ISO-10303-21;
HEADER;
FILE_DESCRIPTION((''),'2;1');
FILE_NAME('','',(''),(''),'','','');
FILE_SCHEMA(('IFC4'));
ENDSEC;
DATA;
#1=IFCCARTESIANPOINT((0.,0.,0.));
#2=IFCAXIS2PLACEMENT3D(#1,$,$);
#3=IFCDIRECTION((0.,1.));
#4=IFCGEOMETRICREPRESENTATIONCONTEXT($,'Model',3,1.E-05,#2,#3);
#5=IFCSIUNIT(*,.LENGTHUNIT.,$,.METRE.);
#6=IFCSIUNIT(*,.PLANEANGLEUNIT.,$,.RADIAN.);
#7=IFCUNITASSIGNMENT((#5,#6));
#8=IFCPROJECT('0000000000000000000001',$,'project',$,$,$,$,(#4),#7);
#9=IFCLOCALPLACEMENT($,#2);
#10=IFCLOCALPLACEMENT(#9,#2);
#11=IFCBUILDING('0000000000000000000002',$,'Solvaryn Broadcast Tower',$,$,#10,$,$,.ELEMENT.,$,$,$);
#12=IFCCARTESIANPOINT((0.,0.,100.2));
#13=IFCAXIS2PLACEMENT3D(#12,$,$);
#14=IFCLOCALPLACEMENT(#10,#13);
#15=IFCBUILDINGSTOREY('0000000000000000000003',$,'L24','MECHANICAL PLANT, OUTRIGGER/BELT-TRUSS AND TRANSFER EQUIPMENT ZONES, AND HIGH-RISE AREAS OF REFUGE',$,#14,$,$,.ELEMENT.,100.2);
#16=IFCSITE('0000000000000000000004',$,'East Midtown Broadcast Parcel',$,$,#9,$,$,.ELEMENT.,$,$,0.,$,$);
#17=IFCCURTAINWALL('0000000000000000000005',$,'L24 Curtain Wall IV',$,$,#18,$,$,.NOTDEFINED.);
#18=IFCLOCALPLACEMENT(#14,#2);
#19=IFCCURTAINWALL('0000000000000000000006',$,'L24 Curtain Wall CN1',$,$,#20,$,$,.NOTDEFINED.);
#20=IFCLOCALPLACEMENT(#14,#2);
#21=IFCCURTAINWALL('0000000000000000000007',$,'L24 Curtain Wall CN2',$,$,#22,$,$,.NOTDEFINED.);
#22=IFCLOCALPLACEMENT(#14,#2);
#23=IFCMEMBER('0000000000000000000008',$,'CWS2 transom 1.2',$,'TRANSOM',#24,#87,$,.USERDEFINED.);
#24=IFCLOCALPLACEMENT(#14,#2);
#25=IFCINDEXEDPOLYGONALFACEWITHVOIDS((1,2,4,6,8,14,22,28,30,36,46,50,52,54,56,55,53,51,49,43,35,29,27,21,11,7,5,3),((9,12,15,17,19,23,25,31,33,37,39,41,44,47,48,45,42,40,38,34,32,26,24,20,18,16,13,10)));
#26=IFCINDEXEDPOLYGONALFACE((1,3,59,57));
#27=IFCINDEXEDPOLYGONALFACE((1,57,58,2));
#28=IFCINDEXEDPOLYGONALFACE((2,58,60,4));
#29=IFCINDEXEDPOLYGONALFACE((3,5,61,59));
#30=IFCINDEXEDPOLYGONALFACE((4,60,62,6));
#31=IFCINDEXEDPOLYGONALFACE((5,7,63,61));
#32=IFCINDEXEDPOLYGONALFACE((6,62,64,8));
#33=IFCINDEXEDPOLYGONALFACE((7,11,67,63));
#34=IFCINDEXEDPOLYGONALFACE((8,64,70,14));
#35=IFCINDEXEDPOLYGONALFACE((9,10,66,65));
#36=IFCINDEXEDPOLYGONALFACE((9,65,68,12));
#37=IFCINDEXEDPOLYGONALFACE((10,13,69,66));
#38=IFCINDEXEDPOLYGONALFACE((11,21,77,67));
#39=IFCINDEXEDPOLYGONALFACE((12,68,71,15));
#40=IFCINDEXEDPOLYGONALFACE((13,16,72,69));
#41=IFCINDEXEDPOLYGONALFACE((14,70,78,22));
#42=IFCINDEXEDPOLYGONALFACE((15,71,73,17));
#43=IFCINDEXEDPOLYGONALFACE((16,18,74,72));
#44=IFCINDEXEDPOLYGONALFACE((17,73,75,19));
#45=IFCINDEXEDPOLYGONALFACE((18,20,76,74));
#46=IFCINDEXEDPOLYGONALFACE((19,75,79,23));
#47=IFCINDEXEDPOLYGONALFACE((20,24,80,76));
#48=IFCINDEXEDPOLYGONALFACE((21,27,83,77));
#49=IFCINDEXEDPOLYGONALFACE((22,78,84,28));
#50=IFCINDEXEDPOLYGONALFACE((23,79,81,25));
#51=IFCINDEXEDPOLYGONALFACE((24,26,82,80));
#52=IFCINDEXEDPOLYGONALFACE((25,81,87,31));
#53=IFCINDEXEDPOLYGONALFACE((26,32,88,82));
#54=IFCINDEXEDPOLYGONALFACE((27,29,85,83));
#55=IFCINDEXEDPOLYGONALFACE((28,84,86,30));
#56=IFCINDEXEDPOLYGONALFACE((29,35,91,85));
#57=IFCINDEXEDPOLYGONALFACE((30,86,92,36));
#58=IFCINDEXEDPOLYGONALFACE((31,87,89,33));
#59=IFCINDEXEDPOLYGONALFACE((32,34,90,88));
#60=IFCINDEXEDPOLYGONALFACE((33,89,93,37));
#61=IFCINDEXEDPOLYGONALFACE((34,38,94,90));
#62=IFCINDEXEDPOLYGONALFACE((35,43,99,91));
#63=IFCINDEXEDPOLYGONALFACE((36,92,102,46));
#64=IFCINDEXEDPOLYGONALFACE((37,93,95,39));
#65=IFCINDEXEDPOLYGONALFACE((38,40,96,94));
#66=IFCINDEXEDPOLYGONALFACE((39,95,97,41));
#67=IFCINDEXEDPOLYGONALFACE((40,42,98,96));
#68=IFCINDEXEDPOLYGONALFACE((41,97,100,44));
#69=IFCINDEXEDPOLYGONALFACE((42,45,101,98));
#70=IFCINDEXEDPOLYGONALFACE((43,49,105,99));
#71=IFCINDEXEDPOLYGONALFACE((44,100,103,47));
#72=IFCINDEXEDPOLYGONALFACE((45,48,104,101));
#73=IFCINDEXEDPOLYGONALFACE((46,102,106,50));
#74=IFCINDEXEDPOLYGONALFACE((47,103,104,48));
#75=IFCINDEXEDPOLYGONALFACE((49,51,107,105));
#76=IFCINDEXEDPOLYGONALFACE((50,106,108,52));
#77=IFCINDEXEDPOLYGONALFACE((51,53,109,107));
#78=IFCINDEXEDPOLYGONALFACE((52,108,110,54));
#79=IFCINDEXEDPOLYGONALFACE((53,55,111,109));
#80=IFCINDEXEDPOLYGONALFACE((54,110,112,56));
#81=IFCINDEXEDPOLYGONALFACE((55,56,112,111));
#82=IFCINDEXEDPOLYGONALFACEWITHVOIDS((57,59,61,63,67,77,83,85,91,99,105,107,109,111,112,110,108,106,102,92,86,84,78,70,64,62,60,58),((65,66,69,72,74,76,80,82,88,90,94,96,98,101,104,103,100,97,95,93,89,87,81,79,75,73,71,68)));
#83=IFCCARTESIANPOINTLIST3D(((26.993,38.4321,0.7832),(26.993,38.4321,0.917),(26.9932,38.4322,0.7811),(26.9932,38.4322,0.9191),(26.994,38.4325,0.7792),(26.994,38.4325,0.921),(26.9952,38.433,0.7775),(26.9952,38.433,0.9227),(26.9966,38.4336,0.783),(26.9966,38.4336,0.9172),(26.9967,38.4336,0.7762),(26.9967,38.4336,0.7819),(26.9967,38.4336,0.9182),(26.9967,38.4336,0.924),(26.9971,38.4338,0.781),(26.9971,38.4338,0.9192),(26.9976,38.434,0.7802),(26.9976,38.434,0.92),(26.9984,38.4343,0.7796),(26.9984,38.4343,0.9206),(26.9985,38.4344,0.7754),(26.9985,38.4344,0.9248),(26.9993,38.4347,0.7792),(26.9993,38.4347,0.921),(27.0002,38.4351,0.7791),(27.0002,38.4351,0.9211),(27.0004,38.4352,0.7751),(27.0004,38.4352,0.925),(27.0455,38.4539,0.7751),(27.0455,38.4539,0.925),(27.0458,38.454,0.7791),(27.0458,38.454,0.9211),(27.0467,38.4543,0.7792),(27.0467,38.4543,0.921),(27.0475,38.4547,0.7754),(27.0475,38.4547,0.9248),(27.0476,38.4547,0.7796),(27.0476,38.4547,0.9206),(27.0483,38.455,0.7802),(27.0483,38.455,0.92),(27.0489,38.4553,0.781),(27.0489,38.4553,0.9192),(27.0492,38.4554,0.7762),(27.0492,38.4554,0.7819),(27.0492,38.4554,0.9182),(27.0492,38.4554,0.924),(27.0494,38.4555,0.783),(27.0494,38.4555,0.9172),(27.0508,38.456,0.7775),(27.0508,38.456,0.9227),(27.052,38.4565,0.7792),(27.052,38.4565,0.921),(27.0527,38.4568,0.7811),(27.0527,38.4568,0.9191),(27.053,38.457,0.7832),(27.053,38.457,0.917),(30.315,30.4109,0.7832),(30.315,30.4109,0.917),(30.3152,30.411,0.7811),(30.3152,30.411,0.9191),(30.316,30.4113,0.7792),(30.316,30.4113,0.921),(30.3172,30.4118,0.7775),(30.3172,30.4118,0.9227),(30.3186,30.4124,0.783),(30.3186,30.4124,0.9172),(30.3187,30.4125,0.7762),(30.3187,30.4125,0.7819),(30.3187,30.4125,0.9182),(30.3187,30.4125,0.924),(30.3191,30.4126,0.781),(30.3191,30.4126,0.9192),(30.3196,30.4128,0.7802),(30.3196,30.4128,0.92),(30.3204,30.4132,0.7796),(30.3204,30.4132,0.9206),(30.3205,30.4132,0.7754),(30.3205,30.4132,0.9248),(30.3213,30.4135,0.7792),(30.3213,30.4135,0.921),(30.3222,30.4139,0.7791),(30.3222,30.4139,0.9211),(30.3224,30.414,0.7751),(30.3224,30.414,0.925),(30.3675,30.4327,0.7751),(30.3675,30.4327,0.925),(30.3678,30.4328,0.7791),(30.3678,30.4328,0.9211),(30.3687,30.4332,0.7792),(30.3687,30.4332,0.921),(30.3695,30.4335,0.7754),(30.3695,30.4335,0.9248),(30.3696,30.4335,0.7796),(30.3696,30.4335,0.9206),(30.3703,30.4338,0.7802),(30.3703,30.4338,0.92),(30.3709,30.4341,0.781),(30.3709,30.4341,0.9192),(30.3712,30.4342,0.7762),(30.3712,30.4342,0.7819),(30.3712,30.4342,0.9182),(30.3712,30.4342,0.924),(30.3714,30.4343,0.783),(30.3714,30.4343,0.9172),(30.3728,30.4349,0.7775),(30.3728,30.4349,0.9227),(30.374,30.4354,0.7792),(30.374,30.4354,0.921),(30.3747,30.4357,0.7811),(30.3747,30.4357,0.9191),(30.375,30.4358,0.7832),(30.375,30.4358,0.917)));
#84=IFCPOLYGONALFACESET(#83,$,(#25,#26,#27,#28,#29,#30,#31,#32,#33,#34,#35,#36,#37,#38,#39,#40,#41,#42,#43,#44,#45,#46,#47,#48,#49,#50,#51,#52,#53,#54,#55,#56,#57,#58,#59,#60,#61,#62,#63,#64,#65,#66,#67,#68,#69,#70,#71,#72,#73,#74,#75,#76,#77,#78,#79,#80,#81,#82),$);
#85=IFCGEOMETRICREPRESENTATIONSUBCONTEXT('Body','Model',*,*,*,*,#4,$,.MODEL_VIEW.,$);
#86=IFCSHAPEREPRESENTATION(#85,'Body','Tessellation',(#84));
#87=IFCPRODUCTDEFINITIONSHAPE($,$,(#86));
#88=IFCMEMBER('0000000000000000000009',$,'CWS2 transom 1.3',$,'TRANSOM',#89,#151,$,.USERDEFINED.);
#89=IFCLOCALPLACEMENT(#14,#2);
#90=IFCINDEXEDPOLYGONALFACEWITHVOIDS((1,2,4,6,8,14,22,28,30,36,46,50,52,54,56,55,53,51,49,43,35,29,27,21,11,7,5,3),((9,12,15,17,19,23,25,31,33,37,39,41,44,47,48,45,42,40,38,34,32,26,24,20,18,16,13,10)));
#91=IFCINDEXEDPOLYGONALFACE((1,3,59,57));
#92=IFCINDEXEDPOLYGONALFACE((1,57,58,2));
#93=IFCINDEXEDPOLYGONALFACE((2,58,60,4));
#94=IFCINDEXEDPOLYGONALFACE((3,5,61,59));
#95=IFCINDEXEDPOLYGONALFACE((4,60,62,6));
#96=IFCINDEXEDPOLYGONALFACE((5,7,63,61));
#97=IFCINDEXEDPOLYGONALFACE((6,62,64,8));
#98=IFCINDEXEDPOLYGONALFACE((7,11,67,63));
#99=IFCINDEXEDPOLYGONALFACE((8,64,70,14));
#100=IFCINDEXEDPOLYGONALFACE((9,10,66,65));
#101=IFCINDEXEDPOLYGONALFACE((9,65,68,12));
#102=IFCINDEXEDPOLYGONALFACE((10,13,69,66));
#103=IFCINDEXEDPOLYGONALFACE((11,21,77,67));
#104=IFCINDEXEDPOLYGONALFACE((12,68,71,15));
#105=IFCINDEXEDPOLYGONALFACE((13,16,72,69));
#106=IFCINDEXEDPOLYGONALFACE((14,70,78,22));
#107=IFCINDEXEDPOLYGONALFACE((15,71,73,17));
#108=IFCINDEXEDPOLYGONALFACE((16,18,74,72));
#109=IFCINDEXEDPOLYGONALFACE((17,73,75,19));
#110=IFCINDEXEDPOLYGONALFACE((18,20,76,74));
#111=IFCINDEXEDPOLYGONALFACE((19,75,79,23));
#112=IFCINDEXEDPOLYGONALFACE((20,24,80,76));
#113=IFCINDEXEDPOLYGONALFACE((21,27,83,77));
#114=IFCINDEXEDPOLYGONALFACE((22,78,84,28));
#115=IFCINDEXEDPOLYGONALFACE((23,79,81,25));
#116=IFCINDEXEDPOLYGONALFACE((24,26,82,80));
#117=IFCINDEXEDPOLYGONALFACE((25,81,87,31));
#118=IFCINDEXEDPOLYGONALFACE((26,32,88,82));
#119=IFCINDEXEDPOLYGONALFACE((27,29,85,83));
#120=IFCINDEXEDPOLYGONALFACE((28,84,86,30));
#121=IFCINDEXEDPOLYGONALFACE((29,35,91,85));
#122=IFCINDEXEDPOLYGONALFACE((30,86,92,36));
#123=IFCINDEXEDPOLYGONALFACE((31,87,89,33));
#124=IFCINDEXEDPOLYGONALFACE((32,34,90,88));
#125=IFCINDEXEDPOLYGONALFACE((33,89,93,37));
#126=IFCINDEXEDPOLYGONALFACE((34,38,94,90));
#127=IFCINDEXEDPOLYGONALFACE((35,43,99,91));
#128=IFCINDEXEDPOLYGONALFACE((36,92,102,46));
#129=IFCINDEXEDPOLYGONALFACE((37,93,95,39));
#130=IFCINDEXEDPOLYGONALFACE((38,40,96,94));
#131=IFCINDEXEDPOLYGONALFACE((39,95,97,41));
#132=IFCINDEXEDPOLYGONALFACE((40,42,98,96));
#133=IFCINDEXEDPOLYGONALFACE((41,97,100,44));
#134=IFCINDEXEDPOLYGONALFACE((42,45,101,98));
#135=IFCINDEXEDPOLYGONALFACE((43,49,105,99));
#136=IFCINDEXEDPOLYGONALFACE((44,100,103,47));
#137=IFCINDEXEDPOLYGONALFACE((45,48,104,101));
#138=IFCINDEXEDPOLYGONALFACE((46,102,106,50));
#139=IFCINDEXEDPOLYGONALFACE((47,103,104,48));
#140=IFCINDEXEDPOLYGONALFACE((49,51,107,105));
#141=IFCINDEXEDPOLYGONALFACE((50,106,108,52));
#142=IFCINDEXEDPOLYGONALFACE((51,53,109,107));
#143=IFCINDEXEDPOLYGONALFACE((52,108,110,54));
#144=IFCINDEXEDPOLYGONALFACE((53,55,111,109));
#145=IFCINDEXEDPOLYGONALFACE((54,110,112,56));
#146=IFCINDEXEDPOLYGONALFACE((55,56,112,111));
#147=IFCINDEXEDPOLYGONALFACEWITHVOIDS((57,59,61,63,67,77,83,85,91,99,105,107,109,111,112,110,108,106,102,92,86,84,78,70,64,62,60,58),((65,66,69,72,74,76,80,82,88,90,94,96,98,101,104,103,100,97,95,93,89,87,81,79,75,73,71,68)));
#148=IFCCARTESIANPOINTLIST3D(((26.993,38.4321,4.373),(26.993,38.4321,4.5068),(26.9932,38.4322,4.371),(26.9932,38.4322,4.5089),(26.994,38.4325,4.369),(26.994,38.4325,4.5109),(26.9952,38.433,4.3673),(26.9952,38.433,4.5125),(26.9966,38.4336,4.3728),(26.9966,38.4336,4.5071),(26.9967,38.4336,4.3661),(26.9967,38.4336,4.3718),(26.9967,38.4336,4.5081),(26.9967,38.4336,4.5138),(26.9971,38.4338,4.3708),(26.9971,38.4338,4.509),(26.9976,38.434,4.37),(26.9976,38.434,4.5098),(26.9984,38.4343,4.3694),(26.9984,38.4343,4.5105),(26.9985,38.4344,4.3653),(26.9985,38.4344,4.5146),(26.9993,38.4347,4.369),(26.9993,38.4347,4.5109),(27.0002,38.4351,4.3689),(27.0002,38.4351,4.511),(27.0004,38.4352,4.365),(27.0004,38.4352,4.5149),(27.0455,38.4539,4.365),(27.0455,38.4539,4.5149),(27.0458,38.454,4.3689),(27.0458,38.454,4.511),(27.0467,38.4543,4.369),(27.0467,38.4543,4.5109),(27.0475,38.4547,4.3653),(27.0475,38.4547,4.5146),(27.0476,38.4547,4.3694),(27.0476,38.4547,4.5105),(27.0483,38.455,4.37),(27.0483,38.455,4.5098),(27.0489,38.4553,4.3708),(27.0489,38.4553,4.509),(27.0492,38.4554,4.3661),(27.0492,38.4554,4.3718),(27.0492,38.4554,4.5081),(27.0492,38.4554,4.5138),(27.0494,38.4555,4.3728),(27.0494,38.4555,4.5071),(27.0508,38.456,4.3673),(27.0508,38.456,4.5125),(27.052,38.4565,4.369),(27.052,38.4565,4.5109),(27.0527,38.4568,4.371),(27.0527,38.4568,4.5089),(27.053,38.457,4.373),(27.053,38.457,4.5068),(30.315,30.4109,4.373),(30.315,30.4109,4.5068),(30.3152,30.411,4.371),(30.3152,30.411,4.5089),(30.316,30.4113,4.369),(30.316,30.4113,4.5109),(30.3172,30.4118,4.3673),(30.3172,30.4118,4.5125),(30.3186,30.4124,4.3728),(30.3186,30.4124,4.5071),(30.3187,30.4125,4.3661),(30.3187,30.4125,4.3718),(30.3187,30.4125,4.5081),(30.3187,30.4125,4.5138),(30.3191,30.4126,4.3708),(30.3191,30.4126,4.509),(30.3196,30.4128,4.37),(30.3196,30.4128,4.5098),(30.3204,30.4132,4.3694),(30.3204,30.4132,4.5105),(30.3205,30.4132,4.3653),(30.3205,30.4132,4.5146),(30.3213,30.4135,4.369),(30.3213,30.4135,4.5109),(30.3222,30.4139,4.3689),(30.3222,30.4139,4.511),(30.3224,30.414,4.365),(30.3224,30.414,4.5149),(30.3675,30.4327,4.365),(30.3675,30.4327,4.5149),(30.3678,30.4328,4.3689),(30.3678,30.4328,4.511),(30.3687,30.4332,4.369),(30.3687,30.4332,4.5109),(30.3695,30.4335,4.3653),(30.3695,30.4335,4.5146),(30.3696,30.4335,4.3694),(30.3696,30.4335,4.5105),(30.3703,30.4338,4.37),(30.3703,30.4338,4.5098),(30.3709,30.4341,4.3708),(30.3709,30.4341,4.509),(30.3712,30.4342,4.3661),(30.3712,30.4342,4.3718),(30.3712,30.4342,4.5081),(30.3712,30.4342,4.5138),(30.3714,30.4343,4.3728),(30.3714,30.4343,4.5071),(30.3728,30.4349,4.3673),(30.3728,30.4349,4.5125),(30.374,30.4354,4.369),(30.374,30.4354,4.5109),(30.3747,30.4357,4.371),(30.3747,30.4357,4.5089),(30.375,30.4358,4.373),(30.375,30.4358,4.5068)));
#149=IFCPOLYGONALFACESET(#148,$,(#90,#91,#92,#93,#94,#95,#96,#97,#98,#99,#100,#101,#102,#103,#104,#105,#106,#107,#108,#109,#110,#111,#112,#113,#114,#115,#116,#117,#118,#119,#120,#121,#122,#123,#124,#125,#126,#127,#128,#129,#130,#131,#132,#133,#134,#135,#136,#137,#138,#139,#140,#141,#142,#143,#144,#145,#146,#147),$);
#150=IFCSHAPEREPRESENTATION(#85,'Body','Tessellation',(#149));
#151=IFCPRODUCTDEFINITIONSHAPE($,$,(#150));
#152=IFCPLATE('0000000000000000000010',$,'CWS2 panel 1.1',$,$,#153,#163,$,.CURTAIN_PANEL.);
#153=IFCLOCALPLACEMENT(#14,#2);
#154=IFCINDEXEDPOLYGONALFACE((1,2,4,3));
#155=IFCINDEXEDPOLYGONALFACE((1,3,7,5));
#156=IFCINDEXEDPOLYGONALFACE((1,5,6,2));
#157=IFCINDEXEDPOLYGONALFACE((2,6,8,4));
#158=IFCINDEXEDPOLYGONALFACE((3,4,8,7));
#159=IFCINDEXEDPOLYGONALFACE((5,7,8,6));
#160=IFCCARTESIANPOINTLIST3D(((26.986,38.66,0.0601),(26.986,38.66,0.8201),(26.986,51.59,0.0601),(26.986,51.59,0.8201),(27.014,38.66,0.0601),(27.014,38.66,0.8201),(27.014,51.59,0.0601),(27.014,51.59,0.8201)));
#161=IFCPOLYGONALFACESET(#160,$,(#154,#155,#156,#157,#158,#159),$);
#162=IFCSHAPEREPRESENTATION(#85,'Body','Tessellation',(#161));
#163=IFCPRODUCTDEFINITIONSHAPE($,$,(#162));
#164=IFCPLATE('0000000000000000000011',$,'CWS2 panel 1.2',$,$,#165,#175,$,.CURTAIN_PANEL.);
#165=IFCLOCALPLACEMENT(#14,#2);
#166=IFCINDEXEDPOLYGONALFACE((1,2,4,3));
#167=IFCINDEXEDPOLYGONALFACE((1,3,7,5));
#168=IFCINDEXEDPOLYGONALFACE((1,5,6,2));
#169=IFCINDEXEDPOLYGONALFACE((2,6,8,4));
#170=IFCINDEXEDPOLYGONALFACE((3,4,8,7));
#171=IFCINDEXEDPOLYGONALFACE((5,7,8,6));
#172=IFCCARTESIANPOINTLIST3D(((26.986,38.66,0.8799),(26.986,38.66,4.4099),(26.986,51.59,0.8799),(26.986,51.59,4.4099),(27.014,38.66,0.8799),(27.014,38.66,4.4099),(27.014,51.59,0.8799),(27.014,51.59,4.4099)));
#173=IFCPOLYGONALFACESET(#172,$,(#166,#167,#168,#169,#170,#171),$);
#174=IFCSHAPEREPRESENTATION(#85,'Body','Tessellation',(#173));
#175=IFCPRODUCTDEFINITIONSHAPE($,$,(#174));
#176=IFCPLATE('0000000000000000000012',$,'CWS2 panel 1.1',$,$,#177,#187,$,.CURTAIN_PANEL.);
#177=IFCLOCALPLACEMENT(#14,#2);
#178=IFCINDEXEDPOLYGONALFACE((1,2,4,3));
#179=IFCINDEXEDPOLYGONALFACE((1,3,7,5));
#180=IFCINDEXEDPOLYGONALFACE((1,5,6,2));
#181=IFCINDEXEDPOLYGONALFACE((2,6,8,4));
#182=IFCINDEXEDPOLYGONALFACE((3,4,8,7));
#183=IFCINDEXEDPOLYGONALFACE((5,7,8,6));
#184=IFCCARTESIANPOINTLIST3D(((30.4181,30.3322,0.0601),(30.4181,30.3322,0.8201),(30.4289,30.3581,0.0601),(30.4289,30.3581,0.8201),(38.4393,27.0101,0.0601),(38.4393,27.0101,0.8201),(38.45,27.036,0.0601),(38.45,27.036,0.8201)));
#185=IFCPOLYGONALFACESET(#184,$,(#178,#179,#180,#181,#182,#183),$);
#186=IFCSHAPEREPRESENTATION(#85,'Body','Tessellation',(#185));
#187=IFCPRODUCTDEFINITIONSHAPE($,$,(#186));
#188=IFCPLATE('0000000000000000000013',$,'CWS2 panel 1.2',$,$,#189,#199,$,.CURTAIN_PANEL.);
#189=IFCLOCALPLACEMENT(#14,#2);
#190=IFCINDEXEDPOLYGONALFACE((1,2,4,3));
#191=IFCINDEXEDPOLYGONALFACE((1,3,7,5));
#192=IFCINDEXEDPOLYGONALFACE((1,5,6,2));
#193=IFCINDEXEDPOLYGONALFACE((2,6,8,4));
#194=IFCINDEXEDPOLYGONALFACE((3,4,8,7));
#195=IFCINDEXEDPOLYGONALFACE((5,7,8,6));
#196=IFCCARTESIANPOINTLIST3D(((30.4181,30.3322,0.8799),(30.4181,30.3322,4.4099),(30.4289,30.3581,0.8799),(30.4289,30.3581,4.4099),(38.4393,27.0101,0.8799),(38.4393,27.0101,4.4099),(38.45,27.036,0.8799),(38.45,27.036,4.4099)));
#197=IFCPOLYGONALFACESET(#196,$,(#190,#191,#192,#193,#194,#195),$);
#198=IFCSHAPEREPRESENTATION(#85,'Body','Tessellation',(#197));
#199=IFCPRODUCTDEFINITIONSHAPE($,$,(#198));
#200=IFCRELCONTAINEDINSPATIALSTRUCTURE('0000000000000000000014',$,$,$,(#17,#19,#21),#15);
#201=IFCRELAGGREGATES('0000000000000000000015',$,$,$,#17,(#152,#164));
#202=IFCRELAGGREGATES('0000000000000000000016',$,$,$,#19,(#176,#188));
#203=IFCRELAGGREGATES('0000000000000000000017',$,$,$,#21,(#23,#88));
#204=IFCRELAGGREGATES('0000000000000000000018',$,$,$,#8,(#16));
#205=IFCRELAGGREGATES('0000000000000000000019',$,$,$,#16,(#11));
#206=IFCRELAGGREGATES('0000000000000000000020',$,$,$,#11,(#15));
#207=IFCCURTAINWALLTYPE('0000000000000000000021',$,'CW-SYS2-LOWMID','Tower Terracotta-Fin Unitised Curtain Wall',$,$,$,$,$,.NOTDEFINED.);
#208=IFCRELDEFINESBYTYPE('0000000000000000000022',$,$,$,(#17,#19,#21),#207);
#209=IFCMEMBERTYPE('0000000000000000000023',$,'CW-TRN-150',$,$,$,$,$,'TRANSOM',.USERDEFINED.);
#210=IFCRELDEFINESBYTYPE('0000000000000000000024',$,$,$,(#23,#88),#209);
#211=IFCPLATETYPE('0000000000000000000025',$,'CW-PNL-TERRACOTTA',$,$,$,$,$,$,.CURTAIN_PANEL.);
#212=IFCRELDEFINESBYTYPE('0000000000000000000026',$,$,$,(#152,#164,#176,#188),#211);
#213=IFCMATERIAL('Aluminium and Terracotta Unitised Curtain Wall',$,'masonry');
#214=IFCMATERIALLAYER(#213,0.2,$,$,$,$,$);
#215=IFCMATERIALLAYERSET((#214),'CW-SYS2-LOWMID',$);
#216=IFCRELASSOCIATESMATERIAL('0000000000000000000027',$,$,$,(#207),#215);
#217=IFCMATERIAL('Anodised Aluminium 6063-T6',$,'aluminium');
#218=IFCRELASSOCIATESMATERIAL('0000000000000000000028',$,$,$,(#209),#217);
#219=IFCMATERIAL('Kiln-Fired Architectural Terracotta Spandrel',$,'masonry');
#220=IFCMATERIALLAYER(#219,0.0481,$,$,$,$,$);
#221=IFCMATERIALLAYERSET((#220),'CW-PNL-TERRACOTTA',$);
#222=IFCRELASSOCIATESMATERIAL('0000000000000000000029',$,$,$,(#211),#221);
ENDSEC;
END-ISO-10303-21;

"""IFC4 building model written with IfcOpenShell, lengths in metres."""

from ifc_helpers import new_model, si_unit, direction, frame, origin, origin_2d, place, context, subcontext, project, spatial, rectangle, hollow_rectangle, extrude, material, layer, layer_set, material_profile, profile_set, type_object, element, aggregate, save


model = new_model("IFC4")

# Units and contexts
model_context = context("Model", 3, precision=1e-05, world=origin(), true_north=direction((0.0, 1.0)))
body_context = subcontext(model_context, "Body", "Model", "MODEL_VIEW")
ifc_project = project(units=[si_unit("LENGTHUNIT", "METRE"), si_unit("PLANEANGLEUNIT", "RADIAN")], contexts=[model_context])

# Site, building, storey
site_placement = place(None, origin())
site = spatial("IfcSite", under=ifc_project, at=site_placement, Name="East Midtown Broadcast Parcel", CompositionType="ELEMENT", RefElevation=0.0)
building_placement = place(site_placement, origin())
building = spatial("IfcBuilding", under=site, at=building_placement, Name="Solvaryn Broadcast Tower", CompositionType="ELEMENT")
storey_placement = place(building_placement, frame((0.0, 0.0, 100.2)))
storey = spatial("IfcBuildingStorey", under=building, at=storey_placement, Name="L24", Description="MECHANICAL PLANT, OUTRIGGER/BELT-TRUSS AND TRANSFER EQUIPMENT ZONES, AND HIGH-RISE AREAS OF REFUGE", CompositionType="ELEMENT", Elevation=100.2)

# Curtain wall
ifc_material_1 = material(Name="Aluminium and Terracotta Unitised Curtain Wall", Category="masonry")
ifc_layer_1 = layer(ifc_material_1, 0.2)
ifc_layer_set_1 = layer_set([ifc_layer_1], Name="CW-SYS2-LOWMID")
curtain_wall_type = type_object("IfcCurtainWallType", Name="CW-SYS2-LOWMID", Description="Tower Terracotta-Fin Unitised Curtain Wall", PredefinedType="NOTDEFINED", material=ifc_layer_set_1)
curtain_wall_1_placement = place(storey_placement, origin())
curtain_wall_1 = element("IfcCurtainWall", 1, at=curtain_wall_1_placement, inside=storey, type_object=curtain_wall_type, Name="L24 Curtain Wall IV", PredefinedType="NOTDEFINED")

# Curtain wall
curtain_wall_2_placement = place(storey_placement, origin())
curtain_wall_2 = element("IfcCurtainWall", 2, at=curtain_wall_2_placement, inside=storey, type_object=curtain_wall_type, Name="L24 Curtain Wall CN1", PredefinedType="NOTDEFINED")

# Curtain wall
curtain_wall_3_placement = place(storey_placement, origin())
curtain_wall_3 = element("IfcCurtainWall", 3, at=curtain_wall_3_placement, inside=storey, type_object=curtain_wall_type, Name="L24 Curtain Wall CN2", PredefinedType="NOTDEFINED")

# Members
ifc_material_2 = material(Name="Anodised Aluminium 6063-T6", Category="aluminium")
ifc_material_profile_1 = material_profile(ifc_material_2, hollow_rectangle(XDim=0.0649, YDim=0.1499, WallThickness=0.0039, InnerFilletRadius=0.0039, OuterFilletRadius=0.0081, at=origin_2d()))
ifc_profile_set_1 = profile_set([ifc_material_profile_1], Name="Anodised Aluminium 6063-T6")
member_type_1 = type_object("IfcMemberType", Name="CW-TRN-150", ElementType="TRANSOM", PredefinedType="USERDEFINED", material=ifc_profile_set_1)
member_1_placement = place(storey_placement, frame((30.345, 30.4233, 0.8501), z_axis=(-0.382636, 0.923899, 0.0), x_axis=(-0.923899, -0.382636, 0.0)))
member_1 = element("IfcMember", 4, at=member_1_placement, type_object=member_type_1, Name="CWS2 transom 1.2", ObjectType="TRANSOM", PredefinedType="USERDEFINED", context=body_context, shape_type="SweptSolid", body=[
    extrude(hollow_rectangle(XDim=0.0649, YDim=0.1499, WallThickness=0.0039, InnerFilletRadius=0.0039, OuterFilletRadius=0.0081, at=origin_2d()), origin(), (0.0, 0.0, 1.0), 8.6819),
])
member_2_placement = place(storey_placement, frame((30.345, 30.4233, 4.4399), z_axis=(-0.382636, 0.923899, 0.0), x_axis=(-0.923899, -0.382636, 0.0)))
member_2 = element("IfcMember", 5, at=member_2_placement, type_object=member_type_1, Name="CWS2 transom 1.3", ObjectType="TRANSOM", PredefinedType="USERDEFINED", context=body_context, shape_type="SweptSolid", body=[
    extrude(hollow_rectangle(XDim=0.0649, YDim=0.1499, WallThickness=0.0039, InnerFilletRadius=0.0039, OuterFilletRadius=0.0081, at=origin_2d()), origin(), (0.0, 0.0, 1.0), 8.6819),
])

# Plates
ifc_material_3 = material(Name="Kiln-Fired Architectural Terracotta Spandrel", Category="masonry")
ifc_layer_2 = layer(ifc_material_3, 0.0481)
ifc_layer_set_2 = layer_set([ifc_layer_2], Name="CW-PNL-TERRACOTTA")
plate_type = type_object("IfcPlateType", Name="CW-PNL-TERRACOTTA", PredefinedType="CURTAIN_PANEL", material=ifc_layer_set_2)
plate_1_placement = place(storey_placement, frame((27.0, 45.125, 0.0601), z_axis=(0.0, 0.0, 1.0), x_axis=(0.0, -1.0, 0.0)))
plate_1 = element("IfcPlate", 6, at=plate_1_placement, type_object=plate_type, Name="CWS2 panel 1.1", PredefinedType="CURTAIN_PANEL", context=body_context, shape_type="SweptSolid", body=[
    extrude(rectangle(XDim=12.9299, YDim=0.0281, at=origin_2d()), origin(), (0.0, 0.0, 1.0), 0.76),
])
plate_2_placement = place(storey_placement, frame((27.0, 45.125, 0.8799), z_axis=(0.0, 0.0, 1.0), x_axis=(0.0, -1.0, 0.0)))
plate_2 = element("IfcPlate", 7, at=plate_2_placement, type_object=plate_type, Name="CWS2 panel 1.2", PredefinedType="CURTAIN_PANEL", context=body_context, shape_type="SweptSolid", body=[
    extrude(rectangle(XDim=12.9299, YDim=0.0281, at=origin_2d()), origin(), (0.0, 0.0, 1.0), 3.53),
])
aggregate(curtain_wall_1, [plate_1, plate_2])
plate_3_placement = place(storey_placement, frame((34.4341, 28.6841, 0.0601), z_axis=(0.0, 0.0, 1.0), x_axis=(-0.923895, 0.382646, 0.0)))
plate_3 = element("IfcPlate", 8, at=plate_3_placement, type_object=plate_type, Name="CWS2 panel 1.1", PredefinedType="CURTAIN_PANEL", context=body_context, shape_type="SweptSolid", body=[
    extrude(rectangle(XDim=8.6819, YDim=0.0281, at=origin_2d()), origin(), (0.0, 0.0, 1.0), 0.76),
])
plate_4_placement = place(storey_placement, frame((34.4341, 28.6841, 0.8799), z_axis=(0.0, 0.0, 1.0), x_axis=(-0.923895, 0.382646, 0.0)))
plate_4 = element("IfcPlate", 9, at=plate_4_placement, type_object=plate_type, Name="CWS2 panel 1.2", PredefinedType="CURTAIN_PANEL", context=body_context, shape_type="SweptSolid", body=[
    extrude(rectangle(XDim=8.6819, YDim=0.0281, at=origin_2d()), origin(), (0.0, 0.0, 1.0), 3.53),
])
aggregate(curtain_wall_2, [plate_3, plate_4])
aggregate(curtain_wall_3, [member_1, member_2])

save(model, "model.ifc")
